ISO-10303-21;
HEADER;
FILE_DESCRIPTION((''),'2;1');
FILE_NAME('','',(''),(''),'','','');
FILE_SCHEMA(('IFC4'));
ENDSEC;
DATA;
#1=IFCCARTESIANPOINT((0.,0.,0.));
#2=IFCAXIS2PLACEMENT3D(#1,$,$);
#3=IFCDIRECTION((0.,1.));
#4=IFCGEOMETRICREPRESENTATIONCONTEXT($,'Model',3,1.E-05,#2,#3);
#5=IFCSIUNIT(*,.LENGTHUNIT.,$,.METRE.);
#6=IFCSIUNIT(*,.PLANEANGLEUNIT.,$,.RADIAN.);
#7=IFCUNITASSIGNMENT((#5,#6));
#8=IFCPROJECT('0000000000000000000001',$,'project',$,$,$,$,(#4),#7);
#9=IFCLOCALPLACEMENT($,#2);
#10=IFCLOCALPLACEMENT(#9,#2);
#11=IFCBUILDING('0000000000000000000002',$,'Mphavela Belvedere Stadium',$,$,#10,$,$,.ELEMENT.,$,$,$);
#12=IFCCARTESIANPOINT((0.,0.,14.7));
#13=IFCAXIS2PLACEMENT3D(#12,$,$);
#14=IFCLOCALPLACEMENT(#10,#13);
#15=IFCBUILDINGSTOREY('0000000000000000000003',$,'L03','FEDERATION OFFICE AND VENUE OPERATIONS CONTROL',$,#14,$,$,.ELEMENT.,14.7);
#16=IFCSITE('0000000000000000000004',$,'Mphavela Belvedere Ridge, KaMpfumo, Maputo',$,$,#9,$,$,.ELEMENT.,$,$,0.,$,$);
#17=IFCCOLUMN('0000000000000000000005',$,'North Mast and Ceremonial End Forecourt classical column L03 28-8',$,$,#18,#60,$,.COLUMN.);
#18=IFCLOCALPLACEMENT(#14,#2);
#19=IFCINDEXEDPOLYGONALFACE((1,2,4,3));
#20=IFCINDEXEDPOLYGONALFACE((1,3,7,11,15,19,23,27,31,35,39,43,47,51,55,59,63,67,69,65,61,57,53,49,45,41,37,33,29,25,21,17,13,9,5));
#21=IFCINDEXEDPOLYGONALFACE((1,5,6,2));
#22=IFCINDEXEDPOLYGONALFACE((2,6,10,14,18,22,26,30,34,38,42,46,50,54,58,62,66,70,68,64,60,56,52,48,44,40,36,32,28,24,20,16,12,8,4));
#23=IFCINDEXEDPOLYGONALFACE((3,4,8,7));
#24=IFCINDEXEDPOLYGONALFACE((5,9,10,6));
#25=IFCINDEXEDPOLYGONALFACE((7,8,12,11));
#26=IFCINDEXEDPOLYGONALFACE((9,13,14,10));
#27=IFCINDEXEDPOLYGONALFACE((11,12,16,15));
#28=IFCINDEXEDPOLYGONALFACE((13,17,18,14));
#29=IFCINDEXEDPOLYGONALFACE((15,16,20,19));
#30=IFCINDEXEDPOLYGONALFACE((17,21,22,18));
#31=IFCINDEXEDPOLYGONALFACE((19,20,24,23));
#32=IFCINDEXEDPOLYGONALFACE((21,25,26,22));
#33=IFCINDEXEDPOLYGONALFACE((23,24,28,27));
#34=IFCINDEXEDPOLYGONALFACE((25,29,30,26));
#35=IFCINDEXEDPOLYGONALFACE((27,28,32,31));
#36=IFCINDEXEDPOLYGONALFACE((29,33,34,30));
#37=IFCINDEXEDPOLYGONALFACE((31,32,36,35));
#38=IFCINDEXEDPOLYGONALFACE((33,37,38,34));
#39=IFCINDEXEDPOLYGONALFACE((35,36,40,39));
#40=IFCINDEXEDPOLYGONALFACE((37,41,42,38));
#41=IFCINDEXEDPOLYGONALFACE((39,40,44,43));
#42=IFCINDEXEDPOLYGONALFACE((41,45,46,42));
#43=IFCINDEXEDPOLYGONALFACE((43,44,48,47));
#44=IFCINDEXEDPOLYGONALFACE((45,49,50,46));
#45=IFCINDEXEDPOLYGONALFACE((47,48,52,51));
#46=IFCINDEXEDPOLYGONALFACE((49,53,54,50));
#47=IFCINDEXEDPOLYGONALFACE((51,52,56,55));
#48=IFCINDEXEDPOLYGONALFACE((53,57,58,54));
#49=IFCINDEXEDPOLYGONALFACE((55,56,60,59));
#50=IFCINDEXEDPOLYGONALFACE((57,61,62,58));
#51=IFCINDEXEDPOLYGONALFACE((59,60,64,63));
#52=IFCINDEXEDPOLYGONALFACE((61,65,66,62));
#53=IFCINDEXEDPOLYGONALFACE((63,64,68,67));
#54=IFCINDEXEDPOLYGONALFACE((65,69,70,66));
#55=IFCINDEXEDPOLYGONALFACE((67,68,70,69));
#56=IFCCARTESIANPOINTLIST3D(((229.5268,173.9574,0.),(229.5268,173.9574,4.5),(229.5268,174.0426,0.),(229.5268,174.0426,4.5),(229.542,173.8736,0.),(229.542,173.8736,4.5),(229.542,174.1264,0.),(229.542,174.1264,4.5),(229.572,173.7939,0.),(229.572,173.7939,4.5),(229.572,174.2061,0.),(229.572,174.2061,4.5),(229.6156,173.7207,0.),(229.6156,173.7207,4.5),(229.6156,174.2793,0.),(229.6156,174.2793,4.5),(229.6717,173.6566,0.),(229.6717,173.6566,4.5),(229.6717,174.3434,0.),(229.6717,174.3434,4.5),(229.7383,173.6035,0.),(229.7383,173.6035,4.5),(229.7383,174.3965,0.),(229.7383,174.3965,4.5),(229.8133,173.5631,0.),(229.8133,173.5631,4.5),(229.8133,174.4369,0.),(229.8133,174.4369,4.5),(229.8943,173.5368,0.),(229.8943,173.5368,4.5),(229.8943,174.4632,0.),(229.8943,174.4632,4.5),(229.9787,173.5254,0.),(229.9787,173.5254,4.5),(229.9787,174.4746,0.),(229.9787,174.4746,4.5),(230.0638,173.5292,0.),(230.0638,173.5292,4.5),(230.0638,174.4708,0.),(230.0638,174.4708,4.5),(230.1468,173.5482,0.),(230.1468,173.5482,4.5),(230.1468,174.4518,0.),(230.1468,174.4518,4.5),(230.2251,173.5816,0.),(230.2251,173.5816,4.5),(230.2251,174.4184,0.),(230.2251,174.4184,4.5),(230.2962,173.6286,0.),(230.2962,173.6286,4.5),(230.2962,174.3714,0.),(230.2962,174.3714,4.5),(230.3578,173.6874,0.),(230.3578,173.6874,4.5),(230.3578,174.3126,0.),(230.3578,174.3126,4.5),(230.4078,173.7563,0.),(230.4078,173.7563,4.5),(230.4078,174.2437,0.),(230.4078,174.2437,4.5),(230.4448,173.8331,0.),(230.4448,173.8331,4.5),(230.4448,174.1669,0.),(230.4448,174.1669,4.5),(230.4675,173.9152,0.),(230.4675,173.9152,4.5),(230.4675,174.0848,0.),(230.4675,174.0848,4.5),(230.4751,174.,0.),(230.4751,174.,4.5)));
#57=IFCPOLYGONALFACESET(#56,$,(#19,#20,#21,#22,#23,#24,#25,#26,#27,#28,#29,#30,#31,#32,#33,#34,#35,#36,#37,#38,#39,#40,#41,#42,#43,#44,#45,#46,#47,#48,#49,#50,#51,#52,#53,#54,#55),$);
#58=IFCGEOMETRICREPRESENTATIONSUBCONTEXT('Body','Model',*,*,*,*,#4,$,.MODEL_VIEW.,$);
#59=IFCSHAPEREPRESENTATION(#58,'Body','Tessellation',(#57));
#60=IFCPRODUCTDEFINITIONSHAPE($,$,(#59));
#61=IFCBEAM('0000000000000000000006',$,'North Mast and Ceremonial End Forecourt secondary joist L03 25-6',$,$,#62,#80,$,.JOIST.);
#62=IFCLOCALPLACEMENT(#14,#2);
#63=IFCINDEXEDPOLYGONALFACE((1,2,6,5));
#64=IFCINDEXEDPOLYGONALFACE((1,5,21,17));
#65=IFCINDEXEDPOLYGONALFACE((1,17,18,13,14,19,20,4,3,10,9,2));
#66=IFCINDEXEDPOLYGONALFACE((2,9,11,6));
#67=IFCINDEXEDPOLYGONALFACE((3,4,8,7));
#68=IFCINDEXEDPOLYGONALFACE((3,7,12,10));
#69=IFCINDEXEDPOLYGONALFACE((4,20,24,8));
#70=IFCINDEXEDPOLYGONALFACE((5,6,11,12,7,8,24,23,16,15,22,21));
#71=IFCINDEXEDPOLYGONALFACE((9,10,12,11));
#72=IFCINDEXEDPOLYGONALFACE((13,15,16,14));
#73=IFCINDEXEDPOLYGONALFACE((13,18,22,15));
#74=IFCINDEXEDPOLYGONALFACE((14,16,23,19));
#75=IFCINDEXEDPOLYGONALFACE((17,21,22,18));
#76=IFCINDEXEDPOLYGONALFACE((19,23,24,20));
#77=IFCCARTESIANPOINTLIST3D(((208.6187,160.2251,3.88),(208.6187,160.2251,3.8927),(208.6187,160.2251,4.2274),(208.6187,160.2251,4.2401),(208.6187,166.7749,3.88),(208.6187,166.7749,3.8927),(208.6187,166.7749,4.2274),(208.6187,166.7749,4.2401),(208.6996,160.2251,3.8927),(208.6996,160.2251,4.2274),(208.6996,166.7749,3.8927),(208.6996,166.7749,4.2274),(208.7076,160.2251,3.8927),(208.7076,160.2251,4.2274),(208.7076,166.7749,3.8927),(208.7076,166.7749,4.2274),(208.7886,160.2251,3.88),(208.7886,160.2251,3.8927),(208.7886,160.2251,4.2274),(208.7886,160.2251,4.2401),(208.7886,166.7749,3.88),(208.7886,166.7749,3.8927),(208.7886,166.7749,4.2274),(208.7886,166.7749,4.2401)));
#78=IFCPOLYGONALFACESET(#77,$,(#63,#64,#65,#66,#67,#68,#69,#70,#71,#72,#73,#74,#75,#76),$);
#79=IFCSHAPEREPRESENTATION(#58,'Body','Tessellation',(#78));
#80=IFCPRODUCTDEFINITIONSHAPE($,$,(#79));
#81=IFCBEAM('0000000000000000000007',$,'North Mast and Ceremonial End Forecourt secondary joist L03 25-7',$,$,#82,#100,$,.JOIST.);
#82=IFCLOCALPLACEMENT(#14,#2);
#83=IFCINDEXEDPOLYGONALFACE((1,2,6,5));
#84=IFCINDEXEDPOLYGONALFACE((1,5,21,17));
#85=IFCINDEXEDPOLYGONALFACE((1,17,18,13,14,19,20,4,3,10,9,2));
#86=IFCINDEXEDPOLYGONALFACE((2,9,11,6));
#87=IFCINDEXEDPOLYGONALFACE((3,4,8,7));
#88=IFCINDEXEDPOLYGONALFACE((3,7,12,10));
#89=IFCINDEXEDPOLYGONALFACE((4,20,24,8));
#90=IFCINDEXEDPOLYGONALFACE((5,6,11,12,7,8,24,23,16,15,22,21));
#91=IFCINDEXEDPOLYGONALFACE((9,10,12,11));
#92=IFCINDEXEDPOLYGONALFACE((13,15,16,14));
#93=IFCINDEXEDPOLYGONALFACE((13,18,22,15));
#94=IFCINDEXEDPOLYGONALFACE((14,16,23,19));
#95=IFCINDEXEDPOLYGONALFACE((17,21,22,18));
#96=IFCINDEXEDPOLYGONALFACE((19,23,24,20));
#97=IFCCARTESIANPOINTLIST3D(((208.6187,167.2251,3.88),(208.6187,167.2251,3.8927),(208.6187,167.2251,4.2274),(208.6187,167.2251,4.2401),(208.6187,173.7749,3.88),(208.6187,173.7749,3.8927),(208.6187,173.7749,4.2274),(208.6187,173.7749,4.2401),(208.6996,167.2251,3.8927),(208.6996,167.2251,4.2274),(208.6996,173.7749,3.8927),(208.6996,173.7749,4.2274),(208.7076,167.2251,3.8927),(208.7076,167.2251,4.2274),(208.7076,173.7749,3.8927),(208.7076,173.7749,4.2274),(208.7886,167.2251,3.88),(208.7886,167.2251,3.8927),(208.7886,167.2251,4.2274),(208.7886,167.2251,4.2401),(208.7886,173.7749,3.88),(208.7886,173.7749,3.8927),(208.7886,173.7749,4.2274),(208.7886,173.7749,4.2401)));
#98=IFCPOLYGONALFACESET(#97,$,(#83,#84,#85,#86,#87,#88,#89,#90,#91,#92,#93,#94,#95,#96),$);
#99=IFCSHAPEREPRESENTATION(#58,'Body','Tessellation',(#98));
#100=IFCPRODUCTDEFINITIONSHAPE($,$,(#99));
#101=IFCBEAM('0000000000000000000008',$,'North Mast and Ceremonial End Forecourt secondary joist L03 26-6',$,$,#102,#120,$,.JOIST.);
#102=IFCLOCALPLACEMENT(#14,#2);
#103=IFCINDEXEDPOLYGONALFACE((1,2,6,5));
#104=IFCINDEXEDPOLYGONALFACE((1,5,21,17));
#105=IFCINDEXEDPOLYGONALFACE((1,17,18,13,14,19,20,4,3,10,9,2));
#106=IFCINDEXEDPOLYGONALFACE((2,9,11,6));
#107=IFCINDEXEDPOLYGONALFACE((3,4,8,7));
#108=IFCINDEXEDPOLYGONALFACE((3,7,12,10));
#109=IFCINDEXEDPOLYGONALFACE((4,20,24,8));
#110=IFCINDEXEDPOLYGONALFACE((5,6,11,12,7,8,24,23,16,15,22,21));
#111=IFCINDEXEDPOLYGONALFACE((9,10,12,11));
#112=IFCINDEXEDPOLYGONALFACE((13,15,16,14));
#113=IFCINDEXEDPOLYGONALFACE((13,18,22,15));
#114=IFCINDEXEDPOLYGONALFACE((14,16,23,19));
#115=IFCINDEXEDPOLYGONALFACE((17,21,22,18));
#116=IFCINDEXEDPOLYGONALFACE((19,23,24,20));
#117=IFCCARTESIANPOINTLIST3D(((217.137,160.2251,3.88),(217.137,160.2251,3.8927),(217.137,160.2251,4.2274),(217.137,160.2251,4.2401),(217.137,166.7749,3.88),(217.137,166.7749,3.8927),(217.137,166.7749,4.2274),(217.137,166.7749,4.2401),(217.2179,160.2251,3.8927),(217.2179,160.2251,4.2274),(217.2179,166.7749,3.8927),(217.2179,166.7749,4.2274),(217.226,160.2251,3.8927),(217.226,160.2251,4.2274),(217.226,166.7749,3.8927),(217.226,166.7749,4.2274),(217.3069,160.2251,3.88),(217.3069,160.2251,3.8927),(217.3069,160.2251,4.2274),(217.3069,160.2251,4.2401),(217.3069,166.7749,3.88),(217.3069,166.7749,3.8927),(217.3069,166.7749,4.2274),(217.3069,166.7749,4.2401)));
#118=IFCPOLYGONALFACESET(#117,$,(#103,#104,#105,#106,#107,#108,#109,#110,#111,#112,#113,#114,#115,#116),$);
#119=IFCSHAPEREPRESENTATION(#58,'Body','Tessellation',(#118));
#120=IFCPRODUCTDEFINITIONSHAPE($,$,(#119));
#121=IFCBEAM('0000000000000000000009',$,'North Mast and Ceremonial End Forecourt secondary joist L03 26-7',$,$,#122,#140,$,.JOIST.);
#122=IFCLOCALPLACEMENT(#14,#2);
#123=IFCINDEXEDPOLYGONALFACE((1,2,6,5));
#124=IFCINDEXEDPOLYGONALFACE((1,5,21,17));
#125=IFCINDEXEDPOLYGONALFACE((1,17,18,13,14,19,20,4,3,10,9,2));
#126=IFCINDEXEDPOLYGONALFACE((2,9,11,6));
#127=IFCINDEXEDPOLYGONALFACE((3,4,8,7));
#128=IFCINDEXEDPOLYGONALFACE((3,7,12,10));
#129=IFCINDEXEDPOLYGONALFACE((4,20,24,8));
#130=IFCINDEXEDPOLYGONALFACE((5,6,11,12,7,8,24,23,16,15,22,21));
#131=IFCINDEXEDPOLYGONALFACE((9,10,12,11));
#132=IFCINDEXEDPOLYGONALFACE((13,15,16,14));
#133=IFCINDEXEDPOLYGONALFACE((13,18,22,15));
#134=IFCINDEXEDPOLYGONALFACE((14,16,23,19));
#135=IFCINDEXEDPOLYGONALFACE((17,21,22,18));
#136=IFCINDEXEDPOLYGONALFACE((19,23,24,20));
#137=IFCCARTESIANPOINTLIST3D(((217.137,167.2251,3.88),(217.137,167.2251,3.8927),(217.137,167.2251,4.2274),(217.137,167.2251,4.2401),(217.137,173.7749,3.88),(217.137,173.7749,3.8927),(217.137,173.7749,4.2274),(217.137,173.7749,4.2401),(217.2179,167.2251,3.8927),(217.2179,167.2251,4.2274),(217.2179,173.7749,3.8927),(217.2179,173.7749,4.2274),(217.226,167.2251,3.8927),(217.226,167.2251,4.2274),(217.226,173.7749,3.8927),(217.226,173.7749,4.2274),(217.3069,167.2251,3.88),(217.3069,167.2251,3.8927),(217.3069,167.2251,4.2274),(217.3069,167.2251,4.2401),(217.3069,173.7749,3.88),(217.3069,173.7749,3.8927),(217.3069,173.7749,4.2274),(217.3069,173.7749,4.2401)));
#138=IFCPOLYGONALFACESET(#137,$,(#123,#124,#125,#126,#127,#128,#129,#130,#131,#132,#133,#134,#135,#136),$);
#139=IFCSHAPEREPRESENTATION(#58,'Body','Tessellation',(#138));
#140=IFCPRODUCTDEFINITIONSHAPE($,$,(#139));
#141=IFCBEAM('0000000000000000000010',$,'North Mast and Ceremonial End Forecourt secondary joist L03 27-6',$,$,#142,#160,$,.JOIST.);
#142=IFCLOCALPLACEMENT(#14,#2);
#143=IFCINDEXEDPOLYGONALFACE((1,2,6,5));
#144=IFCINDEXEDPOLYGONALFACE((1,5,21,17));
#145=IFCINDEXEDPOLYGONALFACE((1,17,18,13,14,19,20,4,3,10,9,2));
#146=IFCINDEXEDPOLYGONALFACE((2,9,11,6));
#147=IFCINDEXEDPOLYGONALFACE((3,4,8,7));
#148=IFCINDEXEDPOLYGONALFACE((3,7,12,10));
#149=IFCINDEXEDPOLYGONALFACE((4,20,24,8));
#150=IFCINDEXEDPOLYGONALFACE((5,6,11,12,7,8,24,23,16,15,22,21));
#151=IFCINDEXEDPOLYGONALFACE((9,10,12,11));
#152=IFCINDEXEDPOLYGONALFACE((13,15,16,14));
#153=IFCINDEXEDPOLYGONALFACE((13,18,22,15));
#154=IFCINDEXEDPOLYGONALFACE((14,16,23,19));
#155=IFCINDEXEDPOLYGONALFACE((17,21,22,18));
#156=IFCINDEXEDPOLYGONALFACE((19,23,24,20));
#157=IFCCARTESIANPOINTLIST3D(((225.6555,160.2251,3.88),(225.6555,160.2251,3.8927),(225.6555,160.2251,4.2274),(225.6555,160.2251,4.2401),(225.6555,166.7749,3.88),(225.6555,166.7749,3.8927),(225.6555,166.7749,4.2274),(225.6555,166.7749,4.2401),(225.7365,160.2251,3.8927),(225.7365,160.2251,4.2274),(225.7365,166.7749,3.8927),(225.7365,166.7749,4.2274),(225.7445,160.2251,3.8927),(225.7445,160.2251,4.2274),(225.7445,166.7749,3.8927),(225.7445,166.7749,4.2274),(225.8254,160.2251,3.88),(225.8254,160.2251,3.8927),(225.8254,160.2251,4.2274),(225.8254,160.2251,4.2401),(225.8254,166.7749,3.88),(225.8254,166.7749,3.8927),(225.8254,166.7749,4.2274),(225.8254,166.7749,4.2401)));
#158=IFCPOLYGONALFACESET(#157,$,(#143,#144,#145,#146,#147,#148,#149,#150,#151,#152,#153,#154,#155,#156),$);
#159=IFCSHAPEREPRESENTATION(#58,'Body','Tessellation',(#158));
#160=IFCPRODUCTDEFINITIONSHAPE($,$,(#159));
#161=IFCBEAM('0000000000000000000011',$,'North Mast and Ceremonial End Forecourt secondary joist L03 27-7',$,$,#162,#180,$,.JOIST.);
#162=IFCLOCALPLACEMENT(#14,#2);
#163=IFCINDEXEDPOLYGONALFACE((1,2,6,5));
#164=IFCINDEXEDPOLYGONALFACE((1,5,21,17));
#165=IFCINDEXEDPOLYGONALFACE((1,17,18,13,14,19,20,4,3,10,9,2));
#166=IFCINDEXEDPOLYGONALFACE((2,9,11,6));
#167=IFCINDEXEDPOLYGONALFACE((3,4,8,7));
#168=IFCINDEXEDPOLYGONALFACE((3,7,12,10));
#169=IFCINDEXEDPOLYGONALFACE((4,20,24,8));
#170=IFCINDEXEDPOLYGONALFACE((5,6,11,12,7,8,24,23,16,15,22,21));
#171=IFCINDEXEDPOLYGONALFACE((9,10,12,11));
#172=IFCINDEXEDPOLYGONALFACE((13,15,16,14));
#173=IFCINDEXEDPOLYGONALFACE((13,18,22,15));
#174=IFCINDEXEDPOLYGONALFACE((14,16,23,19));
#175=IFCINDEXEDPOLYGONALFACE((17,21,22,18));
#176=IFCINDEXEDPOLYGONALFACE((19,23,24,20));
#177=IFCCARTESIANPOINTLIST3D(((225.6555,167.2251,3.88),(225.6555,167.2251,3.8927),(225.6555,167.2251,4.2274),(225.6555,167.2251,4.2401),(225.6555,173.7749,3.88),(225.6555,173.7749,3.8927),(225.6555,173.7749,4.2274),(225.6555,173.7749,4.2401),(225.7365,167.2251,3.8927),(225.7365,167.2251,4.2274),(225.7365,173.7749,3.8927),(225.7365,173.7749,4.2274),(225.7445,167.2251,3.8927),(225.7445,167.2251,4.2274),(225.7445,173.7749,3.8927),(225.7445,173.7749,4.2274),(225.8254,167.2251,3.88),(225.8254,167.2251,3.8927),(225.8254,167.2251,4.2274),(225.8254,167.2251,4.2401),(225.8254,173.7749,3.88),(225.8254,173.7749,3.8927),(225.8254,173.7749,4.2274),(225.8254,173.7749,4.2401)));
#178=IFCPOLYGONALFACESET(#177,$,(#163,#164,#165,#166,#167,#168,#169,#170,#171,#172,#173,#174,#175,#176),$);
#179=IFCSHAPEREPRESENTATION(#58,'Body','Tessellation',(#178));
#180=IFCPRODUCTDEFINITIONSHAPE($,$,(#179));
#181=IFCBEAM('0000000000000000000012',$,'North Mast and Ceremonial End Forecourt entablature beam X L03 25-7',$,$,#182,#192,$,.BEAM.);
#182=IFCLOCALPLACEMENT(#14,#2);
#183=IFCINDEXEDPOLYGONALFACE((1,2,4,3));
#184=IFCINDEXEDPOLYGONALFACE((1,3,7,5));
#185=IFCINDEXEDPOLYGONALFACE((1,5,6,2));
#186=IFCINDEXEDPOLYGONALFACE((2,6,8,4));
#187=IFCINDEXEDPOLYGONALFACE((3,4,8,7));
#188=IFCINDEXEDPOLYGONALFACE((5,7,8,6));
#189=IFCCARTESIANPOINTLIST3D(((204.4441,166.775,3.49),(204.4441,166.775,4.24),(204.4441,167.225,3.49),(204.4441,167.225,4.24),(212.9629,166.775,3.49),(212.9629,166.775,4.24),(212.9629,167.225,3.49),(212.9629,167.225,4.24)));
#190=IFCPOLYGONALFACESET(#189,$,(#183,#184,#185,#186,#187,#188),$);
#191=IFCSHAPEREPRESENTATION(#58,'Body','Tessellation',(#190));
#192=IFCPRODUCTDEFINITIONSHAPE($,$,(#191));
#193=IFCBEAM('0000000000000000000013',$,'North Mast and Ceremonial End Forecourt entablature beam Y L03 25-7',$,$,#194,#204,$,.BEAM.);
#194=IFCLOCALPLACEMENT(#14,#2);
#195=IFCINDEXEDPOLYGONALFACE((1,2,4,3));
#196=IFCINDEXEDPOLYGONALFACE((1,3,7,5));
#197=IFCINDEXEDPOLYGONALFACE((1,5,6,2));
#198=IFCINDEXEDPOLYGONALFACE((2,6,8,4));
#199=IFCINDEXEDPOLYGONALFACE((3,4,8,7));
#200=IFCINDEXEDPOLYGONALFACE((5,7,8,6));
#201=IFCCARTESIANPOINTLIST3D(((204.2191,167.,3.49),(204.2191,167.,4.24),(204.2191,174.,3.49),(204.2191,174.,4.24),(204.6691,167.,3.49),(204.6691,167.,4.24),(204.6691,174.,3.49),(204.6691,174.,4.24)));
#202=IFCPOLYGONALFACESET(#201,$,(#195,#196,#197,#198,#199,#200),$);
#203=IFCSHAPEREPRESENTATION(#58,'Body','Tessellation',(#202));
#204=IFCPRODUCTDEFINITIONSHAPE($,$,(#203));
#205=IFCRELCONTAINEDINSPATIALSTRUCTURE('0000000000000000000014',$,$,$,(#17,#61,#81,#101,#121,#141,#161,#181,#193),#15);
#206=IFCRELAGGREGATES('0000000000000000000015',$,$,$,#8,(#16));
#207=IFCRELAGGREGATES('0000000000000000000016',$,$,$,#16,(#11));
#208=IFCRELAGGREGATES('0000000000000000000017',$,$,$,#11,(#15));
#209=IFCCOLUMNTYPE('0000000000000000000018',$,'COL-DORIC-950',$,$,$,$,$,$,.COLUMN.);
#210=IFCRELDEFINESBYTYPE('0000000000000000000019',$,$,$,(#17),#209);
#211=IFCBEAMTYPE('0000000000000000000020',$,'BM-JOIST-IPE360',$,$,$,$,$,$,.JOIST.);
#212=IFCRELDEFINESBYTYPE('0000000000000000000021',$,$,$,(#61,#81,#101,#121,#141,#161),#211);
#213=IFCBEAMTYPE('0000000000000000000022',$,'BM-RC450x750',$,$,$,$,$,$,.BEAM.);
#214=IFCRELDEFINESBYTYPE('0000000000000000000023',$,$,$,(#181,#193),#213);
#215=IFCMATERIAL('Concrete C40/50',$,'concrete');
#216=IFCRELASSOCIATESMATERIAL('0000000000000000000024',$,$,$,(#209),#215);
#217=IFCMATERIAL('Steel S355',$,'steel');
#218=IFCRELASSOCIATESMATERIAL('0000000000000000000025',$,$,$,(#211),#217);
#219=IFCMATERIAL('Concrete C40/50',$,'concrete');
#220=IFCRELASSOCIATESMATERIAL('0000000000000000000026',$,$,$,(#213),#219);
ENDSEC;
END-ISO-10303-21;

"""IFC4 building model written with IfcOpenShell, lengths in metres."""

from ifc_helpers import new_model, si_unit, direction, frame, origin, origin_2d, place, context, subcontext, project, spatial, rectangle, circle, i_section, extrude, material, material_profile, profile_set, type_object, element, save


model = new_model("IFC4")

# Units and contexts
model_context = context("Model", 3, precision=1e-05, world=origin(), true_north=direction((0.0, 1.0)))
body_context = subcontext(model_context, "Body", "Model", "MODEL_VIEW")
ifc_project = project(units=[si_unit("LENGTHUNIT", "METRE"), si_unit("PLANEANGLEUNIT", "RADIAN")], contexts=[model_context])

# Site, building, storey
site_placement = place(None, origin())
site = spatial("IfcSite", under=ifc_project, at=site_placement, Name="Mphavela Belvedere Ridge, KaMpfumo, Maputo", CompositionType="ELEMENT", RefElevation=0.0)
building_placement = place(site_placement, origin())
building = spatial("IfcBuilding", under=site, at=building_placement, Name="Mphavela Belvedere Stadium", CompositionType="ELEMENT")
storey_placement = place(building_placement, frame((0.0, 0.0, 14.7)))
storey = spatial("IfcBuildingStorey", under=building, at=storey_placement, Name="L03", Description="FEDERATION OFFICE AND VENUE OPERATIONS CONTROL", CompositionType="ELEMENT", Elevation=14.7)

# Column
ifc_material_1 = material(Name="Concrete C40/50", Category="concrete")
ifc_material_profile_1 = material_profile(ifc_material_1, circle(Radius=0.4751, at=origin_2d()), Name="COL D950")
ifc_profile_set_1 = profile_set([ifc_material_profile_1], Name="Concrete C40/50")
column_type = type_object("IfcColumnType", Name="COL-DORIC-950", PredefinedType="COLUMN", material=ifc_profile_set_1)
for number, where, z_axis, x_axis, name in (
    (1, (230.0, 174.0, 0.0), (0.0, 0.0, 1.0), (1.0, 0.0, 0.0), "North Mast and Ceremonial End Forecourt classical column L03 28-8"),
):
    element("IfcColumn", number, at=place(storey_placement, frame(where, z_axis=z_axis, x_axis=x_axis)), inside=storey, type_object=column_type, Name=name, PredefinedType="COLUMN", context=body_context, shape_type="SweptSolid", body=[
        extrude(circle(Radius=0.4751, at=origin_2d()), origin(), (0.0, 0.0, 1.0), 4.5),
    ])

# Beams
ifc_material_2 = material(Name="Steel S355", Category="steel")
ifc_material_profile_2 = material_profile(ifc_material_2, i_section(OverallWidth=0.1699, OverallDepth=0.3601, WebThickness=0.0081, FlangeThickness=0.0127, at=origin_2d()), Name="IPE 360")
ifc_profile_set_2 = profile_set([ifc_material_profile_2], Name="Steel S355")
beam_type_1 = type_object("IfcBeamType", Name="BM-JOIST-IPE360", PredefinedType="JOIST", material=ifc_profile_set_2)
for number, where, z_axis, x_axis, name in (
    (2, (208.7036, 160.2251, 4.0601), (0.0, 1.0, 0.0), (-1.0, 0.0, 0.0), "North Mast and Ceremonial End Forecourt secondary joist L03 25-6"),
    (3, (208.7036, 167.2251, 4.0601), (0.0, 1.0, 0.0), (-1.0, 0.0, 0.0), "North Mast and Ceremonial End Forecourt secondary joist L03 25-7"),
    (4, (217.2219, 160.2251, 4.0601), (0.0, 1.0, 0.0), (-1.0, 0.0, 0.0), "North Mast and Ceremonial End Forecourt secondary joist L03 26-6"),
    (5, (217.2219, 167.2251, 4.0601), (0.0, 1.0, 0.0), (-1.0, 0.0, 0.0), "North Mast and Ceremonial End Forecourt secondary joist L03 26-7"),
    (6, (225.7405, 160.2251, 4.0601), (0.0, 1.0, 0.0), (-1.0, 0.0, 0.0), "North Mast and Ceremonial End Forecourt secondary joist L03 27-6"),
    (7, (225.7405, 167.2251, 4.0601), (0.0, 1.0, 0.0), (-1.0, 0.0, 0.0), "North Mast and Ceremonial End Forecourt secondary joist L03 27-7"),
):
    element("IfcBeam", number, at=place(storey_placement, frame(where, z_axis=z_axis, x_axis=x_axis)), inside=storey, type_object=beam_type_1, Name=name, PredefinedType="JOIST", context=body_context, shape_type="SweptSolid", body=[
        extrude(i_section(OverallWidth=0.1699, OverallDepth=0.3601, WebThickness=0.0081, FlangeThickness=0.0127, at=origin_2d()), origin(), (0.0, 0.0, 1.0), 6.5498),
    ])
ifc_material_3 = material(Name="Concrete C40/50", Category="concrete")
ifc_material_profile_3 = material_profile(ifc_material_3, rectangle(XDim=0.45, YDim=0.75, at=origin_2d()), Name="RC 450x750")
ifc_profile_set_3 = profile_set([ifc_material_profile_3], Name="Concrete C40/50")
beam_type_2 = type_object("IfcBeamType", Name="BM-RC450x750", PredefinedType="BEAM", material=ifc_profile_set_3)
beam_1_placement = place(storey_placement, frame((204.4441, 167.0, 3.865), z_axis=(1.0, 0.0, 0.0), x_axis=(0.0, 1.0, 0.0)))
element("IfcBeam", 8, at=beam_1_placement, inside=storey, type_object=beam_type_2, Name="North Mast and Ceremonial End Forecourt entablature beam X L03 25-7", PredefinedType="BEAM", context=body_context, shape_type="SweptSolid", body=[
    extrude(rectangle(XDim=0.45, YDim=0.75, at=origin_2d()), origin(), (0.0, 0.0, 1.0), 8.5188),
])
beam_2_placement = place(storey_placement, frame((204.4441, 167.0, 3.865), z_axis=(0.0, 1.0, 0.0), x_axis=(-1.0, 0.0, 0.0)))
element("IfcBeam", 9, at=beam_2_placement, inside=storey, type_object=beam_type_2, Name="North Mast and Ceremonial End Forecourt entablature beam Y L03 25-7", PredefinedType="BEAM", context=body_context, shape_type="SweptSolid", body=[
    extrude(rectangle(XDim=0.45, YDim=0.75, at=origin_2d()), origin(), (0.0, 0.0, 1.0), 7.0),
])

save(model, "model.ifc")
